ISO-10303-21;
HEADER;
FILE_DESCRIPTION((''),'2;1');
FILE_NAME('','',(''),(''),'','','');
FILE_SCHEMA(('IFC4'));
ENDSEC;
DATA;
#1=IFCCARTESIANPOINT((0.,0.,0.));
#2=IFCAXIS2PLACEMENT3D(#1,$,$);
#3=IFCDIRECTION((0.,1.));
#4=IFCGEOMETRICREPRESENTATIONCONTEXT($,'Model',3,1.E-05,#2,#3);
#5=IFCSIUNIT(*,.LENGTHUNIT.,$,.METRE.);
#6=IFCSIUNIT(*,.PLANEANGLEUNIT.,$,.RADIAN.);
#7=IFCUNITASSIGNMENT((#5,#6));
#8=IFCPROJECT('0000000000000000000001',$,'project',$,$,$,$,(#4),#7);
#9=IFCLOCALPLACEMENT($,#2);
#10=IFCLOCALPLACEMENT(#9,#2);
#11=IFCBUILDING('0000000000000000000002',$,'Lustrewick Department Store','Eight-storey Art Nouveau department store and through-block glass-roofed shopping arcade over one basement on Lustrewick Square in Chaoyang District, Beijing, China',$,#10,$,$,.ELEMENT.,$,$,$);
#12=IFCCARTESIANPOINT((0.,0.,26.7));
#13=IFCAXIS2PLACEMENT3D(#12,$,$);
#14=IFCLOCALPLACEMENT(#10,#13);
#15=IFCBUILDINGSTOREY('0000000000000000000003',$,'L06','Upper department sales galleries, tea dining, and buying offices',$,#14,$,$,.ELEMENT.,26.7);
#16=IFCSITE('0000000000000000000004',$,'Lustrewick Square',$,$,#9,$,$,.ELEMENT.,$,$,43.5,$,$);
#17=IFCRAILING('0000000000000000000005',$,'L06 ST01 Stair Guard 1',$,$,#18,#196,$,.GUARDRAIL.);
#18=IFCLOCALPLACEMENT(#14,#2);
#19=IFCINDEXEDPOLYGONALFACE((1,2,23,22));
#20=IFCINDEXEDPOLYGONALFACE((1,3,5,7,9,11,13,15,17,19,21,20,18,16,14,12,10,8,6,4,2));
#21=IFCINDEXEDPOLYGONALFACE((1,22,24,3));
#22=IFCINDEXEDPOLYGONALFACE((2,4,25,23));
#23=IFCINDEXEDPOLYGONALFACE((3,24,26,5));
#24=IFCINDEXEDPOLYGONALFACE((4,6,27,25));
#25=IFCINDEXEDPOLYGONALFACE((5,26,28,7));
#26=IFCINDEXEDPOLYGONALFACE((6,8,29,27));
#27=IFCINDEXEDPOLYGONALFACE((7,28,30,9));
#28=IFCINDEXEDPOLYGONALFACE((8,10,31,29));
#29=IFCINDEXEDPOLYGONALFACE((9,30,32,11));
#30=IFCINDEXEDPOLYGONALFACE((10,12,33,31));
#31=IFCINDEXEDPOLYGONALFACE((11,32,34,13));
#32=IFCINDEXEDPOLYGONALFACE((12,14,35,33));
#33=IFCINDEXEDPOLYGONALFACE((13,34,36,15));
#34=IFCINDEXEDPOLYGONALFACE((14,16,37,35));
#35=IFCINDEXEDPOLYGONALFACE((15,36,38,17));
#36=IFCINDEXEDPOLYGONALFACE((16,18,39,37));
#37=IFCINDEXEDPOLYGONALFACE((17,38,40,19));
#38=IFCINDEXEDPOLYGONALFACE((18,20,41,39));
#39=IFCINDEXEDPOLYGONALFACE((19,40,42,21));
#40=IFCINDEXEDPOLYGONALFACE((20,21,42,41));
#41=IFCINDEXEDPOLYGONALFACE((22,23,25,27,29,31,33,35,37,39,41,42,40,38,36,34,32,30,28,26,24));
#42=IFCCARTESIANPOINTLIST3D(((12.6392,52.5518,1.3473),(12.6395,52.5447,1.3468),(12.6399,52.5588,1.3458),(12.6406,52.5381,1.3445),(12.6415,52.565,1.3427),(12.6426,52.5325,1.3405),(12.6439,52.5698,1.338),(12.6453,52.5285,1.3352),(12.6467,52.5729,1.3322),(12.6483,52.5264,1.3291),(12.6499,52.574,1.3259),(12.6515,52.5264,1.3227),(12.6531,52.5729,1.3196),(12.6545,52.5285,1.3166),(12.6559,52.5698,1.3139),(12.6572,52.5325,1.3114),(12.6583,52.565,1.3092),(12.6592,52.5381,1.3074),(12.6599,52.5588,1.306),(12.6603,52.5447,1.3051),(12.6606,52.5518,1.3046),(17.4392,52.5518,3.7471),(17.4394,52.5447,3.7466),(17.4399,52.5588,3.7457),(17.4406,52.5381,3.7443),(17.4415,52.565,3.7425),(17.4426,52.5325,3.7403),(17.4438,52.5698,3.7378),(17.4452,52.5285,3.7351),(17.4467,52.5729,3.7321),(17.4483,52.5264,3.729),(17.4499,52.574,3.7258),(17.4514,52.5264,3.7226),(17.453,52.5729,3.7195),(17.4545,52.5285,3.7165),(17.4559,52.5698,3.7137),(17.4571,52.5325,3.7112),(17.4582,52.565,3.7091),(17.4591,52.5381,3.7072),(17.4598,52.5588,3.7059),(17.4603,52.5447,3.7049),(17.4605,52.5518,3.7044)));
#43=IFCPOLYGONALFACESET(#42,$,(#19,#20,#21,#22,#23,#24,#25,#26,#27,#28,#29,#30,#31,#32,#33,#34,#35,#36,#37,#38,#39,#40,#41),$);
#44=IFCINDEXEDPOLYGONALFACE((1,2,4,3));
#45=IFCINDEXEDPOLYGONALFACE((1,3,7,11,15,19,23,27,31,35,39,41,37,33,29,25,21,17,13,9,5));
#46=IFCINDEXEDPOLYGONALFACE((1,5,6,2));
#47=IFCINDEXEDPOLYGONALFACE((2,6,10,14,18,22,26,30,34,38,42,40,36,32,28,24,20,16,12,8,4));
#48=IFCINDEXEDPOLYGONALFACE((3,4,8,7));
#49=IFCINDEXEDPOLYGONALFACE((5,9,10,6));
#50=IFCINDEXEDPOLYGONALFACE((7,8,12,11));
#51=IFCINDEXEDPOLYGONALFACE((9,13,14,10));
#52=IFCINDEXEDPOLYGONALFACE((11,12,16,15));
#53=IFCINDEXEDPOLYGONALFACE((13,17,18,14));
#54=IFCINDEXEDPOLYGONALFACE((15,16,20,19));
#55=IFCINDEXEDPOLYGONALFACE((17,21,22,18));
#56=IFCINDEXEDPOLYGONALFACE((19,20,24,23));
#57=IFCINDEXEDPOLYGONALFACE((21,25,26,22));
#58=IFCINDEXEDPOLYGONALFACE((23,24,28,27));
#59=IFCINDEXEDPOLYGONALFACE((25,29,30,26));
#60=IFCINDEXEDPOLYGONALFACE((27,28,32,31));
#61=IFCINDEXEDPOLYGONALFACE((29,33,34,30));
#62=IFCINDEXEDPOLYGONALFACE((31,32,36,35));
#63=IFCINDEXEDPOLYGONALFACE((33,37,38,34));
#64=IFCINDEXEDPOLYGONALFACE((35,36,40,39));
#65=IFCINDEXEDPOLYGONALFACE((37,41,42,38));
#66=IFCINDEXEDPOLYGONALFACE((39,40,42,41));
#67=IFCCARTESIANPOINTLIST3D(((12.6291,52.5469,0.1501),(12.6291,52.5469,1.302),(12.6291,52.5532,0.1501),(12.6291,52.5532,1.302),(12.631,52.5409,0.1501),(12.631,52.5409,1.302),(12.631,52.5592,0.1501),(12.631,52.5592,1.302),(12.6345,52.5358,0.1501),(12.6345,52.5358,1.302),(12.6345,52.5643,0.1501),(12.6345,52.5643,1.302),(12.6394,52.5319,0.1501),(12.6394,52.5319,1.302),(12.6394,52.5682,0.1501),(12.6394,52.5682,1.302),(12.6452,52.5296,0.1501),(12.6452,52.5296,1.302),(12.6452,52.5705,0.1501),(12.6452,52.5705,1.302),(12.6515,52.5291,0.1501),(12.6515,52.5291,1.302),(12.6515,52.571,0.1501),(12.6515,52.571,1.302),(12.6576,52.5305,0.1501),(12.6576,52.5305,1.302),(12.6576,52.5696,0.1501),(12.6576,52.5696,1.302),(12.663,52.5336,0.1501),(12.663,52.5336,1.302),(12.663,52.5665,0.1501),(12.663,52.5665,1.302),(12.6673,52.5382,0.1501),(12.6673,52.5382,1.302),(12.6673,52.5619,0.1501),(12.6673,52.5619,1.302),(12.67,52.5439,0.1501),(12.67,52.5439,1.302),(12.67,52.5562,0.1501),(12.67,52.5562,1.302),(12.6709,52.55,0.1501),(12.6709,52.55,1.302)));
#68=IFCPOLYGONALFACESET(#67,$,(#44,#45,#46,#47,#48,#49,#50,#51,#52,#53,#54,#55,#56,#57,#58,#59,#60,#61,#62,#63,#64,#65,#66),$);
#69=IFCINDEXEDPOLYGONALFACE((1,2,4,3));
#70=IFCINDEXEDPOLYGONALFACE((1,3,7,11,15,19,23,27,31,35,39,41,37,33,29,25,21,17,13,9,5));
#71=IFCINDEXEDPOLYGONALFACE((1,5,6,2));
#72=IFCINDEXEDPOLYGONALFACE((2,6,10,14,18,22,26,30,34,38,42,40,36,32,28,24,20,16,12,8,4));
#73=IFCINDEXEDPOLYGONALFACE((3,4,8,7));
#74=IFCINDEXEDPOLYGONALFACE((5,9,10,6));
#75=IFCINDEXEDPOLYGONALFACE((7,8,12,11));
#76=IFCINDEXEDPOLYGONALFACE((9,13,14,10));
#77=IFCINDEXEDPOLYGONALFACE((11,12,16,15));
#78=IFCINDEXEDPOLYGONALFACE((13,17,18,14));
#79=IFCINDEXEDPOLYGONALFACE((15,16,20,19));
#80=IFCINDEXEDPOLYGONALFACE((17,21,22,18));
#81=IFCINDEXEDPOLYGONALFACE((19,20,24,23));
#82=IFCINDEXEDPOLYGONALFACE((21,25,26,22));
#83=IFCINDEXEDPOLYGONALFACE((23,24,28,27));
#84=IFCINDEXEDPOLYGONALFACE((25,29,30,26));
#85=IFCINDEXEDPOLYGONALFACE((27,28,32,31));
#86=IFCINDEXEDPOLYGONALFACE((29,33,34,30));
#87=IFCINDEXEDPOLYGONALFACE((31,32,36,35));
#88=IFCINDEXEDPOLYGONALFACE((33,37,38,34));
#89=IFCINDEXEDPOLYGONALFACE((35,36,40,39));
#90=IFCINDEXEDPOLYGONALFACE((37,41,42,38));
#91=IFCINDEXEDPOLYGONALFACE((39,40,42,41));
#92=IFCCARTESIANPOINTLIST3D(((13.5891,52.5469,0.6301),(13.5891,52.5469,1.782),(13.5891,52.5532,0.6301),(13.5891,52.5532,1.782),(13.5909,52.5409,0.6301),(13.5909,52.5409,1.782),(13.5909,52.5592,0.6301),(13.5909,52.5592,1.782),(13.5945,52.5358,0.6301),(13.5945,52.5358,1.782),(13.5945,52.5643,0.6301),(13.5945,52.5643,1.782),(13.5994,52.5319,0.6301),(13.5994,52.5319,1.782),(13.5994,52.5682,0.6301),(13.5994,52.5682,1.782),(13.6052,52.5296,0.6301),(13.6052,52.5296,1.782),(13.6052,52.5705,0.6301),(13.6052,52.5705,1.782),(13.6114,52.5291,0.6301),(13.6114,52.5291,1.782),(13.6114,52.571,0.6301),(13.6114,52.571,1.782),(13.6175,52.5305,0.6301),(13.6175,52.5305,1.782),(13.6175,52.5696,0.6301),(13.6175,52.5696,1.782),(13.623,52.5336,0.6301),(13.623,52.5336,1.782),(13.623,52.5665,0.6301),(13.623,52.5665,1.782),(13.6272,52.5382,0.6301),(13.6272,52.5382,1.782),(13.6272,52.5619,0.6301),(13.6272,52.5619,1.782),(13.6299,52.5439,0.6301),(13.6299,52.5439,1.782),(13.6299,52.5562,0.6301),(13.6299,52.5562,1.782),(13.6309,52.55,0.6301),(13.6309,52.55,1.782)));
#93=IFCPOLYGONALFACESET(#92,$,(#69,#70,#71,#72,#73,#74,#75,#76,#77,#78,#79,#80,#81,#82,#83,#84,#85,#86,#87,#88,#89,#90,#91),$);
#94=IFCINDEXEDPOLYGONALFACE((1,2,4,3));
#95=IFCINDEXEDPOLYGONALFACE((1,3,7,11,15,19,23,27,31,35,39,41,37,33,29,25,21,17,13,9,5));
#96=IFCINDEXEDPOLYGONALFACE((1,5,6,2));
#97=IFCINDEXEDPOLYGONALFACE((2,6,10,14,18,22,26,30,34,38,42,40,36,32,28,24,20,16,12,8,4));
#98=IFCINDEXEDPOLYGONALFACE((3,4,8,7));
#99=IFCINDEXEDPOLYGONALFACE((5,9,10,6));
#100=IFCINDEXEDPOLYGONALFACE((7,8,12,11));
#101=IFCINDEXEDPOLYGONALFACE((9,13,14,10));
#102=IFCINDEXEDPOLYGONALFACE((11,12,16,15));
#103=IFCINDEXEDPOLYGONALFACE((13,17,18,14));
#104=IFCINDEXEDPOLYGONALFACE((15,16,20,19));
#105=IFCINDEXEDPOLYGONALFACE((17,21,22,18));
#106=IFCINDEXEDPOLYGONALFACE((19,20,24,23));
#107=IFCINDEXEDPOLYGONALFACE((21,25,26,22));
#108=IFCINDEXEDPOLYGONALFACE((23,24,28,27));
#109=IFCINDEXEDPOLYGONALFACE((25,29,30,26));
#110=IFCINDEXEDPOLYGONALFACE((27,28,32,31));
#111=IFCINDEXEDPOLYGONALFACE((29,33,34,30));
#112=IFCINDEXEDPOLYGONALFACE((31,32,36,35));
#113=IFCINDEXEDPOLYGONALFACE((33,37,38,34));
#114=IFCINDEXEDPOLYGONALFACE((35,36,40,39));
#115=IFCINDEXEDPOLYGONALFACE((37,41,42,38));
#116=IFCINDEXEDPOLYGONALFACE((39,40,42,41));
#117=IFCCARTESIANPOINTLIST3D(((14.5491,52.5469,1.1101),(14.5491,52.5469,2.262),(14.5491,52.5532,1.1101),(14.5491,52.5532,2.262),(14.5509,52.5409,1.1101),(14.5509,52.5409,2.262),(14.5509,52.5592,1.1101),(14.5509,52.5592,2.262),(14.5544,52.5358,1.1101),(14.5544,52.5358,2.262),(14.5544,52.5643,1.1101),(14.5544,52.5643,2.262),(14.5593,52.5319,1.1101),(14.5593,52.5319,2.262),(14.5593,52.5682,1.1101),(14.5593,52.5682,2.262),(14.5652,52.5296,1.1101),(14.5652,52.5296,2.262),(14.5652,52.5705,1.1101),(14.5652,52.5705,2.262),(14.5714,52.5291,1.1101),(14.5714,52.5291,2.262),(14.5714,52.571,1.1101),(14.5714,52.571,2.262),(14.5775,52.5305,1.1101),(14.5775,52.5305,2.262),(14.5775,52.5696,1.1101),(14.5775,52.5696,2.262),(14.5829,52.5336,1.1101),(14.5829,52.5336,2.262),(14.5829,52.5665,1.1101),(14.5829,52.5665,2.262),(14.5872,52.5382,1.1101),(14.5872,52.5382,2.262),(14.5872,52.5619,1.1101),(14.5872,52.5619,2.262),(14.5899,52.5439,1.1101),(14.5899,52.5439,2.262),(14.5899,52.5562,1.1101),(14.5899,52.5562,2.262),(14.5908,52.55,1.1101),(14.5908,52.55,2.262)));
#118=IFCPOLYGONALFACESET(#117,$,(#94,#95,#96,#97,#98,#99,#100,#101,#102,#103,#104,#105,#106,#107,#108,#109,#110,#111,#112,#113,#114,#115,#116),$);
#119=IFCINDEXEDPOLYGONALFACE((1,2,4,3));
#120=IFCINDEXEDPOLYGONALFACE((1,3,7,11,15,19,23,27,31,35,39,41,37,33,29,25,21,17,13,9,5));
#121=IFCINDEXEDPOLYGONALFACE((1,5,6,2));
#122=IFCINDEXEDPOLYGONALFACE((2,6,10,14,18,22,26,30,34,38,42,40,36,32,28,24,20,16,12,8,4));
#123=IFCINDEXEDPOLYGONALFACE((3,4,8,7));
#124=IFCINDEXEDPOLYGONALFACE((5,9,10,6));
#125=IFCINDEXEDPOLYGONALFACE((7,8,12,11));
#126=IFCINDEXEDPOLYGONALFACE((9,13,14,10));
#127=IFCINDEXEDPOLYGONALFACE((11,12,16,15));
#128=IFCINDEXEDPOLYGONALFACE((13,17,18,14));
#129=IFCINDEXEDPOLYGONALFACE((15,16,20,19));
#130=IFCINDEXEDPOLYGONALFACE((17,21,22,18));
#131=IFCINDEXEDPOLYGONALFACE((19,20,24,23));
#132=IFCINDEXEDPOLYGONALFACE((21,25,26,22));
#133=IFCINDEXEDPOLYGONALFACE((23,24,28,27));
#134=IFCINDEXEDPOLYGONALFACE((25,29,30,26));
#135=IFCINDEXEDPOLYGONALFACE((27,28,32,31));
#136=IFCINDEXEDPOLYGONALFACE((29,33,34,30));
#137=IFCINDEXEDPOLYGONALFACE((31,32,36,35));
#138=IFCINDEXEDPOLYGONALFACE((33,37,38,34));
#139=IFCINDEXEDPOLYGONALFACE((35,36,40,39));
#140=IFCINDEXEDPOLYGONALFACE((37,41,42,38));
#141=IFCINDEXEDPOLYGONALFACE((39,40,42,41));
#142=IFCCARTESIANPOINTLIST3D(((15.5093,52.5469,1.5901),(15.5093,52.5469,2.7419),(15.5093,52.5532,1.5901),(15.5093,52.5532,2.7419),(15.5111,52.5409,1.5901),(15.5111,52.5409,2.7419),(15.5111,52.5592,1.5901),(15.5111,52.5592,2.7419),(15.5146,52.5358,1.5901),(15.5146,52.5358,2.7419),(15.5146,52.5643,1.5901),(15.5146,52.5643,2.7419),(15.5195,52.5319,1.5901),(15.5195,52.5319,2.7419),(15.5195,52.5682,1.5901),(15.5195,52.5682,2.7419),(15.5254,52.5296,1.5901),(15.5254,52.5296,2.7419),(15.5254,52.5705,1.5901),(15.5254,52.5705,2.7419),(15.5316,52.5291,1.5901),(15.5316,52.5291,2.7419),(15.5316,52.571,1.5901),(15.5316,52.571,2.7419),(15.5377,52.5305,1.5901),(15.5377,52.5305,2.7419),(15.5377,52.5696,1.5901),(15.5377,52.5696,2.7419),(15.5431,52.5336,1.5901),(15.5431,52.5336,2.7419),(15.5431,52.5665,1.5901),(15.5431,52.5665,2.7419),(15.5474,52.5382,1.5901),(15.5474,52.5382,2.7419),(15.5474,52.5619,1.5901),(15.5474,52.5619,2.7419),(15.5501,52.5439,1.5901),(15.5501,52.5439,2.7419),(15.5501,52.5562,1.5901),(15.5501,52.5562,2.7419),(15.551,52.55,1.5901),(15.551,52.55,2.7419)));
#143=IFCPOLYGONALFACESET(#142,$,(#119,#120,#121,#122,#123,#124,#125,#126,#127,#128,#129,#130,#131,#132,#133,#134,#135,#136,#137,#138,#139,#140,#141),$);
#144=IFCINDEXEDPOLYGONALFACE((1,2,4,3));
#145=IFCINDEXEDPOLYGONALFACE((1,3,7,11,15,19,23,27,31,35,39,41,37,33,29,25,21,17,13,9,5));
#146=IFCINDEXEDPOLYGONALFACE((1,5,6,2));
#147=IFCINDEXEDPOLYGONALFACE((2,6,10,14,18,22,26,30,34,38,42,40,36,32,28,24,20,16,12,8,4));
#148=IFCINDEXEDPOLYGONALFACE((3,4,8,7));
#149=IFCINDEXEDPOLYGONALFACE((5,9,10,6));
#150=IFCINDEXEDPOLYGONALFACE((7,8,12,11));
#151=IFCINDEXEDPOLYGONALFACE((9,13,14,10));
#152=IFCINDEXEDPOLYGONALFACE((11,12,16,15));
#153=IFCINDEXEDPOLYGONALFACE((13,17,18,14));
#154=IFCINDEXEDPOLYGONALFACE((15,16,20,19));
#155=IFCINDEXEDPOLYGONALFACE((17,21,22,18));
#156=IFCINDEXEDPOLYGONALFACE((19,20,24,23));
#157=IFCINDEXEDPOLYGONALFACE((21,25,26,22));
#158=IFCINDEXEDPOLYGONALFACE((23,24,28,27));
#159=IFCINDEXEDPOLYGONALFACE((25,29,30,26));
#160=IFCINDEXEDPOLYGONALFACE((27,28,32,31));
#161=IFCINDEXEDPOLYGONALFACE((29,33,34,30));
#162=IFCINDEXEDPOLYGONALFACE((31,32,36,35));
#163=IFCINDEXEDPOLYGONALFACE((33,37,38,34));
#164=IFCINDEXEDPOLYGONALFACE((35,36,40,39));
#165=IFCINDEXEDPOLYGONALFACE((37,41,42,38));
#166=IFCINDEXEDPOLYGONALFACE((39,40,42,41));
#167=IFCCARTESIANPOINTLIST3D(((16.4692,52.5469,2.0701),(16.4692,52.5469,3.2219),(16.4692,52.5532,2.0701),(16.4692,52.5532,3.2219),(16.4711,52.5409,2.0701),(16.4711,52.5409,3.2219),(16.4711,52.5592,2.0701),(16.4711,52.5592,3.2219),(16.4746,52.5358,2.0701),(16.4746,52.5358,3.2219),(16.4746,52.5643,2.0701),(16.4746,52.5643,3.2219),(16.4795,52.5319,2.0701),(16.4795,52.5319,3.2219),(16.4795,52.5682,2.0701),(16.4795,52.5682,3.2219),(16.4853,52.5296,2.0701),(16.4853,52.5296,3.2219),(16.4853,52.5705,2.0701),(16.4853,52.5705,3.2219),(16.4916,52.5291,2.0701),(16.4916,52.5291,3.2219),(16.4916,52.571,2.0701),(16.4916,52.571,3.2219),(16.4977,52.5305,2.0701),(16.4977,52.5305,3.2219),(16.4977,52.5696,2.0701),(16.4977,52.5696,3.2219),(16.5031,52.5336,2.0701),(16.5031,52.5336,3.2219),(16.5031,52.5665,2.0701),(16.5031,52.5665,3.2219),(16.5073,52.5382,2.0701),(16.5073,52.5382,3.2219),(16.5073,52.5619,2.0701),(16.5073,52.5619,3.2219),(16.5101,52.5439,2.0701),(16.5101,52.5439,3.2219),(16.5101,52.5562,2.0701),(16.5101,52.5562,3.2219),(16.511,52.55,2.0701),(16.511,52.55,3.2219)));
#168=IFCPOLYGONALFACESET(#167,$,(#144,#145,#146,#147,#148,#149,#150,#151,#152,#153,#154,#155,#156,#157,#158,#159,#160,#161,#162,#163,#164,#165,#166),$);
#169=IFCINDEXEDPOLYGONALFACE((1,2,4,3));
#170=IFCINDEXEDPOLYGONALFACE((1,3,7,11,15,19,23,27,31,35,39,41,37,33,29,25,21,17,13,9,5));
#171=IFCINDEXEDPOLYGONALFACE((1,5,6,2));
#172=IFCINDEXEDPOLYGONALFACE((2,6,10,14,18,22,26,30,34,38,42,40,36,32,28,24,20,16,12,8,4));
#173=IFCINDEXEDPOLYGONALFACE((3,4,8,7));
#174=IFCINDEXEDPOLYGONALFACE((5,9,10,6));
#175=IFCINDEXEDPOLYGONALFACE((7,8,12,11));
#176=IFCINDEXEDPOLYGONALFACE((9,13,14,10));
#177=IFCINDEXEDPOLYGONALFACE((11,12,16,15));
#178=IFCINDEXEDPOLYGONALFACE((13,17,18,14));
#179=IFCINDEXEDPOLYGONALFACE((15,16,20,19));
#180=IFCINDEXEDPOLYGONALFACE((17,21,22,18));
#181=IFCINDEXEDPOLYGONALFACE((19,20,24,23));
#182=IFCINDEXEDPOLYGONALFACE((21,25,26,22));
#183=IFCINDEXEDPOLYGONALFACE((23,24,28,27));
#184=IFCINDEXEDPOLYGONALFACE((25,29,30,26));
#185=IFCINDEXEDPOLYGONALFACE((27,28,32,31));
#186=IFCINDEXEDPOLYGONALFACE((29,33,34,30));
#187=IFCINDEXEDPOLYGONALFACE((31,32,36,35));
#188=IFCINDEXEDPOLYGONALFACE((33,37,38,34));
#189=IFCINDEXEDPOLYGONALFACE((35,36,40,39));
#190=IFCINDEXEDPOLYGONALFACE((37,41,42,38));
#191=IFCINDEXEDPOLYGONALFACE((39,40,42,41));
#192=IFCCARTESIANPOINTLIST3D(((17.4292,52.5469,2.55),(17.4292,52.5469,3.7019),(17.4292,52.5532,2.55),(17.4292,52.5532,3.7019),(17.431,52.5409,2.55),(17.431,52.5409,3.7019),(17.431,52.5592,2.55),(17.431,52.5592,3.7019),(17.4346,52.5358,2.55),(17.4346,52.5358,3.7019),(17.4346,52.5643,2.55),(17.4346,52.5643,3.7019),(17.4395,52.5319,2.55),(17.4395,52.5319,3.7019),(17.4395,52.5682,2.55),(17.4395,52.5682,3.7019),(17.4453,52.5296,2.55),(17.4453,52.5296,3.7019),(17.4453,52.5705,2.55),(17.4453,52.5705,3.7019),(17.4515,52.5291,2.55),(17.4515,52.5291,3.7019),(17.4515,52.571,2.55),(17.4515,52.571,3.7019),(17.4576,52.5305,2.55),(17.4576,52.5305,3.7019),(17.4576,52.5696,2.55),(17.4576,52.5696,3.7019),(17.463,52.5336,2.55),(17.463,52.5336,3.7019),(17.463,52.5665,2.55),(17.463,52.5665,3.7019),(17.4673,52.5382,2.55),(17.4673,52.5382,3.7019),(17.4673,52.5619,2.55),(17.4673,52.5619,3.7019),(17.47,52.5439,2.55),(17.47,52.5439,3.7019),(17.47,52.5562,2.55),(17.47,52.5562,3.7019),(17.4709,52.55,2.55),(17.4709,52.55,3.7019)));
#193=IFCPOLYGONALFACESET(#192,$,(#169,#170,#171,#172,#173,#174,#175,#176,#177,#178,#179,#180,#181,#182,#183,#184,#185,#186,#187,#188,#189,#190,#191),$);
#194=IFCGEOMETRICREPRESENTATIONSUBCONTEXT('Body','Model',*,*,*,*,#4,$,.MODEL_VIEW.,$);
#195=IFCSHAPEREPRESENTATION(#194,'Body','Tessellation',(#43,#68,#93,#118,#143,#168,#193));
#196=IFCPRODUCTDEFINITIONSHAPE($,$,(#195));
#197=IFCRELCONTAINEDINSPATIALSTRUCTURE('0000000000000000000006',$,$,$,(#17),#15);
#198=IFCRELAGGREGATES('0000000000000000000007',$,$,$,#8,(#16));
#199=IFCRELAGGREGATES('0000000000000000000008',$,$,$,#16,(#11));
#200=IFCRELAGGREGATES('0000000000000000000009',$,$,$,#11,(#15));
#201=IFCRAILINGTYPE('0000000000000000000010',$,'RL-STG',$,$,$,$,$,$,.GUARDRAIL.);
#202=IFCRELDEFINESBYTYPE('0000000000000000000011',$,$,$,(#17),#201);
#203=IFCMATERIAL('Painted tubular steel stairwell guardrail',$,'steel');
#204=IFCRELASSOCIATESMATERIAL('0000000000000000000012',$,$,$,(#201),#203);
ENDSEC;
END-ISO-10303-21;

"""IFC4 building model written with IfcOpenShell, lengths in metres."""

from ifc_helpers import new_model, si_unit, direction, frame, origin, origin_2d, place, context, subcontext, project, spatial, circle, extrude, material, type_object, element, save


model = new_model("IFC4")

# Units and contexts
model_context = context("Model", 3, precision=1e-05, world=origin(), true_north=direction((0.0, 1.0)))
body_context = subcontext(model_context, "Body", "Model", "MODEL_VIEW")
ifc_project = project(units=[si_unit("LENGTHUNIT", "METRE"), si_unit("PLANEANGLEUNIT", "RADIAN")], contexts=[model_context])

# Site, building, storey
site_placement = place(None, origin())
site = spatial("IfcSite", under=ifc_project, at=site_placement, Name="Lustrewick Square", CompositionType="ELEMENT", RefElevation=43.5)
building_placement = place(site_placement, origin())
building = spatial("IfcBuilding", under=site, at=building_placement, Name="Lustrewick Department Store", Description="Eight-storey Art Nouveau department store and through-block glass-roofed shopping arcade over one basement on Lustrewick Square in Chaoyang District, Beijing, China", CompositionType="ELEMENT")
storey_placement = place(building_placement, frame((0.0, 0.0, 26.7)))
storey = spatial("IfcBuildingStorey", under=building, at=storey_placement, Name="L06", Description="Upper department sales galleries, tea dining, and buying offices", CompositionType="ELEMENT", Elevation=26.7)

# Railing
ifc_material_1 = material(Name="Painted tubular steel stairwell guardrail", Category="steel")
railing_type_1 = type_object("IfcRailingType", Name="RL-STG", PredefinedType="GUARDRAIL", material=ifc_material_1)
railing_1_placement = place(storey_placement, frame((12.6499, 52.55, 0.1501)))
element("IfcRailing", 1, at=railing_1_placement, inside=storey, type_object=railing_type_1, Name="L06 ST01 Stair Guard 1", PredefinedType="GUARDRAIL", context=body_context, shape_type="SweptSolid", body=[
    extrude(circle(Radius=0.0239, at=origin_2d()), frame((0.0, 0.0, 1.1758), z_axis=(0.894436, 0.0, 0.447195), x_axis=(0.0, 1.0, 0.0)), (0.0, 0.0, 1.0), 5.3665),
    extrude(circle(Radius=0.021, at=origin_2d()), origin(), (0.0, 0.0, 1.0), 1.1519),
    extrude(circle(Radius=0.021, at=origin_2d()), frame((0.96, 0.0, 0.48)), (0.0, 0.0, 1.0), 1.1519),
    extrude(circle(Radius=0.021, at=origin_2d()), frame((1.9199, 0.0, 0.96)), (0.0, 0.0, 1.0), 1.1519),
    extrude(circle(Radius=0.021, at=origin_2d()), frame((2.8801, 0.0, 1.4399)), (0.0, 0.0, 1.0), 1.1519),
    extrude(circle(Radius=0.021, at=origin_2d()), frame((3.8401, 0.0, 1.9199)), (0.0, 0.0, 1.0), 1.1519),
    extrude(circle(Radius=0.021, at=origin_2d()), frame((4.8, 0.0, 2.3999)), (0.0, 0.0, 1.0), 1.1519),
])

save(model, "model.ifc")
